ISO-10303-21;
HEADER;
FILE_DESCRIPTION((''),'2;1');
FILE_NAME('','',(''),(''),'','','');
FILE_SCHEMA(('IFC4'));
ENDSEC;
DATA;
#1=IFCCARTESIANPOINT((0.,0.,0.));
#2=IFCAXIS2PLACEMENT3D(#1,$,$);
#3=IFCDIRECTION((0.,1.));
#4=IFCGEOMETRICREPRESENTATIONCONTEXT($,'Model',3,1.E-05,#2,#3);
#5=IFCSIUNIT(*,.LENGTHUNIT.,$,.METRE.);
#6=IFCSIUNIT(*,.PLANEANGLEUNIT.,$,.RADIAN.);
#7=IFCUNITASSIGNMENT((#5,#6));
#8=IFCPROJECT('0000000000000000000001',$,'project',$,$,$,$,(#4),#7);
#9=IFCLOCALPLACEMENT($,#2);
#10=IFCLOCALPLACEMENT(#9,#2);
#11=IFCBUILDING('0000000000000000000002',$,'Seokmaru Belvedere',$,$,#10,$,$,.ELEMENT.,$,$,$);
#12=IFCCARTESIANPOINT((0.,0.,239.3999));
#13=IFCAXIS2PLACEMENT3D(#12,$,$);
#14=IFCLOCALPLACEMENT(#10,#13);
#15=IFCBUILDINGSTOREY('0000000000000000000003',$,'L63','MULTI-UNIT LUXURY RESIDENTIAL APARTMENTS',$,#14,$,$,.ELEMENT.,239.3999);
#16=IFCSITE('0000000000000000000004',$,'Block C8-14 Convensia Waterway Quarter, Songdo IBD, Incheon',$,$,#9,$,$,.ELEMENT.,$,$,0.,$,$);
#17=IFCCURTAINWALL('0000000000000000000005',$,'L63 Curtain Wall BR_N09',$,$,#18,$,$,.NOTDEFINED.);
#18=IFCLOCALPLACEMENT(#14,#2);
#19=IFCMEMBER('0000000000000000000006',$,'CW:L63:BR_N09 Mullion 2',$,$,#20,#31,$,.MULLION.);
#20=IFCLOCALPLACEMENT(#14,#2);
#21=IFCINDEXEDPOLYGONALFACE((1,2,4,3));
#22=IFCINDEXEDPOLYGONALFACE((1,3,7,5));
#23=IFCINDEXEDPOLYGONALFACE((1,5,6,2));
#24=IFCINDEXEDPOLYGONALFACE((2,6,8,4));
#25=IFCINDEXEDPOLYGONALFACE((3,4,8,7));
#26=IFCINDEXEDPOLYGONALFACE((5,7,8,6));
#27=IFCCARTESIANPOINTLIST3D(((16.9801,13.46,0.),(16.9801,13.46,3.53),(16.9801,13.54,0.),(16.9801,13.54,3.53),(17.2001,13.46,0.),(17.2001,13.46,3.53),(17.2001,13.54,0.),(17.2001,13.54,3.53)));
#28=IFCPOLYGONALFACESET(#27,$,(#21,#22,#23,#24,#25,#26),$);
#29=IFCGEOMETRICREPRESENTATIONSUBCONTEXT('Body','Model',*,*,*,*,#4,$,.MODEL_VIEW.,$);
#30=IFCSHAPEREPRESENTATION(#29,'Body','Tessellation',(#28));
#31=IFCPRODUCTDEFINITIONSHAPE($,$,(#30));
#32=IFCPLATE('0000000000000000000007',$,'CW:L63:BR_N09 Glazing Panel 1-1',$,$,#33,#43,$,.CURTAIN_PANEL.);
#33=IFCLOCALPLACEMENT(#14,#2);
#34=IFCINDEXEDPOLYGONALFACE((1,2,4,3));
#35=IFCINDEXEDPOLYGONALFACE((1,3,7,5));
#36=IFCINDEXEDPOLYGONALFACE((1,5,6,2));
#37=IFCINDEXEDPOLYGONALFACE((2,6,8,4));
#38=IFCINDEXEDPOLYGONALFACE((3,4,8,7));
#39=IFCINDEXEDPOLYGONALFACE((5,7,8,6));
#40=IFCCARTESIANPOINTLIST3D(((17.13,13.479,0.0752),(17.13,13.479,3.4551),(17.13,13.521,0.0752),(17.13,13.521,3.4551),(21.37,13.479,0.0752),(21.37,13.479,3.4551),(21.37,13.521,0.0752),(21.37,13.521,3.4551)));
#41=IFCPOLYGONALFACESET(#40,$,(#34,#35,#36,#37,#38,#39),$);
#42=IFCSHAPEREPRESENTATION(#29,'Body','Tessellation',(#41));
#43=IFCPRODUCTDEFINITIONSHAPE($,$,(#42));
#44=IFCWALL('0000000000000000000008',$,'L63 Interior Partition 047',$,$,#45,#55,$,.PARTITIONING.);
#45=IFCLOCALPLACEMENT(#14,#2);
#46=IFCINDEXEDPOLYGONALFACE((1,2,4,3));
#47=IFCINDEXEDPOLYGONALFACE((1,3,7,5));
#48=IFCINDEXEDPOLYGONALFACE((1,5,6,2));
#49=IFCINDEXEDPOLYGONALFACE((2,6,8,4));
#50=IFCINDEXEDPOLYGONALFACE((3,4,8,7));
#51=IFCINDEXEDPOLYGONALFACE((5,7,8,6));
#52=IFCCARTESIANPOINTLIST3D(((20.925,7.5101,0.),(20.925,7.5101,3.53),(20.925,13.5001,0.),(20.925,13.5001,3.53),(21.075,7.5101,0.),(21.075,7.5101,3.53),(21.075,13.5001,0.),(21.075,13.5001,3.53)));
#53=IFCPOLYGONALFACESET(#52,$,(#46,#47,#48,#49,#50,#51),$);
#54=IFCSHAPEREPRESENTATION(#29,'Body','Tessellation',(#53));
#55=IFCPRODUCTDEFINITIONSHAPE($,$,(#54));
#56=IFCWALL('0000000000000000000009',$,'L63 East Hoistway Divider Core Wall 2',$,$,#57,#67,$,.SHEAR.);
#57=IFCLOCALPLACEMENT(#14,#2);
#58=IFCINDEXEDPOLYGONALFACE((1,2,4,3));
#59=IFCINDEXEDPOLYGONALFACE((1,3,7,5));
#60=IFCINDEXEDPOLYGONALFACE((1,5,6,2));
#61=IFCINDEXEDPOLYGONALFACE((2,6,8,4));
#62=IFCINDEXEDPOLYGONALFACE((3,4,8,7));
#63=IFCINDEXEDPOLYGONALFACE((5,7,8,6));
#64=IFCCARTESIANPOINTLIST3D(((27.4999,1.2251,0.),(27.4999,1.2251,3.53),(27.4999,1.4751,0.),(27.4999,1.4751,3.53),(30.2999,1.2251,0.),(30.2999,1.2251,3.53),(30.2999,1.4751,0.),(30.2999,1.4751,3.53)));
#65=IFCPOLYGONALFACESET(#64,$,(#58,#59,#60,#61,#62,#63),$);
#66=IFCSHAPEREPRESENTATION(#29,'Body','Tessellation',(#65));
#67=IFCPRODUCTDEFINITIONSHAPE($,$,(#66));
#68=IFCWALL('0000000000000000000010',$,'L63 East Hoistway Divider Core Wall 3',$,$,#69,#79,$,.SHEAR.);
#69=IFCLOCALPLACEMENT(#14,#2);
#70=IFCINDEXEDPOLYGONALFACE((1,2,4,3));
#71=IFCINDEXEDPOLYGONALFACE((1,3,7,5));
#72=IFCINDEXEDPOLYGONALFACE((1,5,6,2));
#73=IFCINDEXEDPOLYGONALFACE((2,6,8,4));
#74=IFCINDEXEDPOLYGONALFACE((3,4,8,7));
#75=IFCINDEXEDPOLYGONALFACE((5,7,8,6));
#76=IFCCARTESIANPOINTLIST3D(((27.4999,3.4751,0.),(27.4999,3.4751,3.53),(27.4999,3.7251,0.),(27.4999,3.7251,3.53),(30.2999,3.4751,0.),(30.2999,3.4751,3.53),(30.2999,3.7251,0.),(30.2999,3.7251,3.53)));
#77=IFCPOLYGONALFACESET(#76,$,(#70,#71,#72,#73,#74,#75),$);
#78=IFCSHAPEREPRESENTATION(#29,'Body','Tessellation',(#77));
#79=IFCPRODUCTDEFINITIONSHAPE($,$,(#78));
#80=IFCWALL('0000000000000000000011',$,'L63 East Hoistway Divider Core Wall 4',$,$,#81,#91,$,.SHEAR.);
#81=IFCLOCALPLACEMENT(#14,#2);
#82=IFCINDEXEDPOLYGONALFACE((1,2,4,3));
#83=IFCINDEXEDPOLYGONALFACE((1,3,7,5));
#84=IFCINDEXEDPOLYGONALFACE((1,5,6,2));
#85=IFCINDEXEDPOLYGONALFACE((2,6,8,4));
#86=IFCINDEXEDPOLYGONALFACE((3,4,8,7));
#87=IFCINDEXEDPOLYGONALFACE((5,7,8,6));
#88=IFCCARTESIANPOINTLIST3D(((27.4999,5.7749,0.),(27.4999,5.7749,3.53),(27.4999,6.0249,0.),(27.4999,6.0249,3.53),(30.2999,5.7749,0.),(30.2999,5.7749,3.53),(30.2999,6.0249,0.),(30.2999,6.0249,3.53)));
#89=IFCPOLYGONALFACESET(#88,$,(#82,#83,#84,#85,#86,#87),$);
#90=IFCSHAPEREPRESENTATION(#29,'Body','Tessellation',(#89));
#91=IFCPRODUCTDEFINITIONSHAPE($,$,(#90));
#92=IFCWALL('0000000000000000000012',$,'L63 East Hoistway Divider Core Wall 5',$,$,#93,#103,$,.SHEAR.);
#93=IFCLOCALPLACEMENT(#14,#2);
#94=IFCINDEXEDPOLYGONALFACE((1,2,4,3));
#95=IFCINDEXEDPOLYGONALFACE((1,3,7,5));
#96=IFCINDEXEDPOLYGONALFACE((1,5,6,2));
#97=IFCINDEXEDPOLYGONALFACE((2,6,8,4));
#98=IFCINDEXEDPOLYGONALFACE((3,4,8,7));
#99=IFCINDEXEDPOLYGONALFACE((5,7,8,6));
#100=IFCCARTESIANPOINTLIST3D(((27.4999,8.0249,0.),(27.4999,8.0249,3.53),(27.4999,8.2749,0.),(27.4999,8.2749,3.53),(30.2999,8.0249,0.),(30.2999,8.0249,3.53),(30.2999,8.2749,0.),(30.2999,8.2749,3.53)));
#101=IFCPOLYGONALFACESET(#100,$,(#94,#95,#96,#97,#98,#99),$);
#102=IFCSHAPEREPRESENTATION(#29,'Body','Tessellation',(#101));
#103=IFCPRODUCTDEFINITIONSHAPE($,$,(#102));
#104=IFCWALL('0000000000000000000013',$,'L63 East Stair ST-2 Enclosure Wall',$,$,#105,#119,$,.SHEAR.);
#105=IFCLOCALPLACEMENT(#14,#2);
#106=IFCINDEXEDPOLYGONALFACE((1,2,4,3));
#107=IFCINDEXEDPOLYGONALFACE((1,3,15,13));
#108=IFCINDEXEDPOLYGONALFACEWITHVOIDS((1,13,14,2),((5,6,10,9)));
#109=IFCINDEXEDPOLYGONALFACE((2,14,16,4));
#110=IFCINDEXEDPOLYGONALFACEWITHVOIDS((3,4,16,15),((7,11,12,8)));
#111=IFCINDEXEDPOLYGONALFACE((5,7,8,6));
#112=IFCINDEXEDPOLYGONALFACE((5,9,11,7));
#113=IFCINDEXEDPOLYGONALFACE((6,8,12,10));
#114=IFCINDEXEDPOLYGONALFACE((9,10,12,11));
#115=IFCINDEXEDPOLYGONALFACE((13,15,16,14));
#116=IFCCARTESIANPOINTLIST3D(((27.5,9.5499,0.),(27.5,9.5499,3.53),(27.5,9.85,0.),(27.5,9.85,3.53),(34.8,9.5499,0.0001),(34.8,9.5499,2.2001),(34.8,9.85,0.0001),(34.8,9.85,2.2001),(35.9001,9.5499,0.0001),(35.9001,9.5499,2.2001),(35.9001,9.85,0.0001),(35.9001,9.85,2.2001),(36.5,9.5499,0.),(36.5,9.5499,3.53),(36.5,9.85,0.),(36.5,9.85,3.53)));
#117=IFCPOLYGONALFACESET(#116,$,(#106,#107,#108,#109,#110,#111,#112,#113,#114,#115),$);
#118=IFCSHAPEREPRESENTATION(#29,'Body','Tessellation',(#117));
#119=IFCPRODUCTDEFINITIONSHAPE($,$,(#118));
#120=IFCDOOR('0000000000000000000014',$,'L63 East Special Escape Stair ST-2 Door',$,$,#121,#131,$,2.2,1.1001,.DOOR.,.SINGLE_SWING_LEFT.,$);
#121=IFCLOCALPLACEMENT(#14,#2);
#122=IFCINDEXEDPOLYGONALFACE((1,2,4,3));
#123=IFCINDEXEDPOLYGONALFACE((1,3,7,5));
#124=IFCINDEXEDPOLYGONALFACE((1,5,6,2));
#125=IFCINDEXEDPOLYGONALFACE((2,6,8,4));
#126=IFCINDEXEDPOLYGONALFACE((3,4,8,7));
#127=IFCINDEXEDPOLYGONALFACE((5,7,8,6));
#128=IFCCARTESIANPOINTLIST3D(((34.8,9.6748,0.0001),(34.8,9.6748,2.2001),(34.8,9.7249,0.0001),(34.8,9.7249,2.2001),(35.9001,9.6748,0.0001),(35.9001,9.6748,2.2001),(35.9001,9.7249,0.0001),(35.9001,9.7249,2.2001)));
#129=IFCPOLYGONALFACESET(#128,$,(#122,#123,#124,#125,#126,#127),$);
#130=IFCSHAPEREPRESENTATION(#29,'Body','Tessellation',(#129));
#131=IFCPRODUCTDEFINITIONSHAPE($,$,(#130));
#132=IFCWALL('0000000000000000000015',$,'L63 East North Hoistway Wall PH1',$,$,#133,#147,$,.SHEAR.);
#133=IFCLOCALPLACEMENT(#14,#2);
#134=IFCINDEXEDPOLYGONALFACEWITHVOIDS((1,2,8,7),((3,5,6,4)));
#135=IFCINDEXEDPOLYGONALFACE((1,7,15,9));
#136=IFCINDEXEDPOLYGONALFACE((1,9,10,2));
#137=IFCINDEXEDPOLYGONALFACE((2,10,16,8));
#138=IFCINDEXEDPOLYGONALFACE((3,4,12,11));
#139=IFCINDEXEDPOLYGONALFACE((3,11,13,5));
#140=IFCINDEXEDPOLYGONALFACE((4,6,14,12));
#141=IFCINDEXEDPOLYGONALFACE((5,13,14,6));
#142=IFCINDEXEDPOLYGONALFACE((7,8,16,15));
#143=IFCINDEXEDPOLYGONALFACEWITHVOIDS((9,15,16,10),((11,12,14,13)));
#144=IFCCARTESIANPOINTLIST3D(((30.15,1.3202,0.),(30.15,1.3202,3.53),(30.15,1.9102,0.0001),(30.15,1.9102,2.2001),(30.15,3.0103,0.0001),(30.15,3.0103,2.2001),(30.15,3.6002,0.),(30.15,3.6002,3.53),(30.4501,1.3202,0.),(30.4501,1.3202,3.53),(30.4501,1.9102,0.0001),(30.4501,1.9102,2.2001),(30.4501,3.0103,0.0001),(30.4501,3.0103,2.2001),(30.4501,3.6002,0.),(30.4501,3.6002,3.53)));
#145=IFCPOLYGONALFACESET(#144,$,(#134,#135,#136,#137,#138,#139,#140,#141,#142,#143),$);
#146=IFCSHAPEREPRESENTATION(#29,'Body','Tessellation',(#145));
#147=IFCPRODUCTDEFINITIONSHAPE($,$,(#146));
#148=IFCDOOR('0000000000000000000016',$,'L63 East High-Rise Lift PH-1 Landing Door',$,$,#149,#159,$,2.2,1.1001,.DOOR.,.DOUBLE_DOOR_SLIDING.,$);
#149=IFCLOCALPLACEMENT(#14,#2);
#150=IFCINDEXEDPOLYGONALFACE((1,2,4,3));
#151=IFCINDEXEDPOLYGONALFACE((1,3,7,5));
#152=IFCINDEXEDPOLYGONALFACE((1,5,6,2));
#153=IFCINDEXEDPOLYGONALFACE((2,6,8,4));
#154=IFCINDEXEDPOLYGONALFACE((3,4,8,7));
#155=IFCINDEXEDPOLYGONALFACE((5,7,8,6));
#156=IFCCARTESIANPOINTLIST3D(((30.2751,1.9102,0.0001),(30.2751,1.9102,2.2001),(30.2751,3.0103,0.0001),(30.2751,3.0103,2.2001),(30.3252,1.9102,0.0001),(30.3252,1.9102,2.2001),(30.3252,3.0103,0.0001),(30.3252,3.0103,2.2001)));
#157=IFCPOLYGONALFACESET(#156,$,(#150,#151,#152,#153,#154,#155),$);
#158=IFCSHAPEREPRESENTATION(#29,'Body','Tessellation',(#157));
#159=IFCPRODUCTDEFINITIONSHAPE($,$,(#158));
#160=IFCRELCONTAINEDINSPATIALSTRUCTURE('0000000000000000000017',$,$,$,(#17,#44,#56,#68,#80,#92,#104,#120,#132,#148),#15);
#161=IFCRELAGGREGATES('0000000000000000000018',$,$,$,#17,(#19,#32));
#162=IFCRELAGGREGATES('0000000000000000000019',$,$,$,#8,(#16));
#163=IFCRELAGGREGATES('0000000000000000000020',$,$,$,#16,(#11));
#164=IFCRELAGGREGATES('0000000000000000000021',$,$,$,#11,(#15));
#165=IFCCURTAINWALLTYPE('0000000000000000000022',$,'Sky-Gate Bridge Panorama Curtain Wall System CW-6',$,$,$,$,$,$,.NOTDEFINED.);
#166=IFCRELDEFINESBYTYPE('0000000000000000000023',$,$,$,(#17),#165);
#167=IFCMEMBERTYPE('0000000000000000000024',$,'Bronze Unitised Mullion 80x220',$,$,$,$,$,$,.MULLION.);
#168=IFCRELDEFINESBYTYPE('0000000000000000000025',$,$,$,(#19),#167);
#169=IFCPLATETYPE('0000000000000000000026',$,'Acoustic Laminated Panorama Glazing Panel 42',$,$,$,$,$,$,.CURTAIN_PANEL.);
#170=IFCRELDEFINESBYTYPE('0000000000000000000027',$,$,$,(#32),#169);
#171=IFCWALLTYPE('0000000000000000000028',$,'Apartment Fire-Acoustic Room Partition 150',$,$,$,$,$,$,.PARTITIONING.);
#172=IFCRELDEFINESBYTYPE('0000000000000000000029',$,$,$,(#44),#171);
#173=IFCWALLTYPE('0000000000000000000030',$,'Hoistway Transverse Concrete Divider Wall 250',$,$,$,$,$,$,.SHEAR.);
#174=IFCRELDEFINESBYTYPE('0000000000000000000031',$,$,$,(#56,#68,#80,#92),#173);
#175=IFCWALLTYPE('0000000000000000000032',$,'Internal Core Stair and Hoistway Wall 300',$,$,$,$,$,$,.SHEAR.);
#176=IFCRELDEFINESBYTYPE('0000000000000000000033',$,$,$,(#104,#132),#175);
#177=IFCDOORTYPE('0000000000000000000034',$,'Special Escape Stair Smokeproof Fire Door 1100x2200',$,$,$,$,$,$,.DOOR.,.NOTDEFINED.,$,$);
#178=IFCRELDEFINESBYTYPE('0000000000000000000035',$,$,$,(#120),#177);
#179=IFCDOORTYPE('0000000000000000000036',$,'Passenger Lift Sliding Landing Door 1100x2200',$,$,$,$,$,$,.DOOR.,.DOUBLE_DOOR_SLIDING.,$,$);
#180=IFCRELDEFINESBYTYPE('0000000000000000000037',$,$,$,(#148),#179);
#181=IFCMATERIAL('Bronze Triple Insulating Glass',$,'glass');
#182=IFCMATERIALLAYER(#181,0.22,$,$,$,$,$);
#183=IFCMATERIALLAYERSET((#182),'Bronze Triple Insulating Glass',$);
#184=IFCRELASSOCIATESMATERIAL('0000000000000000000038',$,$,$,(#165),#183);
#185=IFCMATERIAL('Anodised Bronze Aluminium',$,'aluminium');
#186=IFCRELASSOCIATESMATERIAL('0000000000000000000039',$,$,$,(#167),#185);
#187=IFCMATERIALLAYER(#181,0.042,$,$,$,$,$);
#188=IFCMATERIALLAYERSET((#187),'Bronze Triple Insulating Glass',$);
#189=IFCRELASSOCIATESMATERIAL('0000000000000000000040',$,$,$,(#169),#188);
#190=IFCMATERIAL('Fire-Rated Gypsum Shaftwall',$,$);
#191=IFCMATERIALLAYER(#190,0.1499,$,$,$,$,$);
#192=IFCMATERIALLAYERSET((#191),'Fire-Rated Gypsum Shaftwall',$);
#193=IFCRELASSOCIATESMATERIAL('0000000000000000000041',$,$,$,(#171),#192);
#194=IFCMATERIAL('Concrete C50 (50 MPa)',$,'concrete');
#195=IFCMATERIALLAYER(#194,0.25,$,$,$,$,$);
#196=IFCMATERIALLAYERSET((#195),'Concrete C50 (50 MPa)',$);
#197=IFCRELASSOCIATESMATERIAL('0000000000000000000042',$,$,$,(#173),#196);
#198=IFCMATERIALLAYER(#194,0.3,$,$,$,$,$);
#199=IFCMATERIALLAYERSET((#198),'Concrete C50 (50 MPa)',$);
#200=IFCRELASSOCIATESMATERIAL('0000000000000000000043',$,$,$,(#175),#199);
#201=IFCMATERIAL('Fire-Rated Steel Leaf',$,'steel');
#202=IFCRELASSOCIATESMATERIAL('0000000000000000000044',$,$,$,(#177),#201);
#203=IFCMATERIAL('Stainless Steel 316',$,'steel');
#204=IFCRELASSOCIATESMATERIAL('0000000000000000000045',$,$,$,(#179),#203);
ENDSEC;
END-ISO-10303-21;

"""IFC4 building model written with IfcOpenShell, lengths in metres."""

from ifc_helpers import new_model, si_unit, direction, frame, frame_2d, origin, origin_2d, place, context, subcontext, project, spatial, rectangle, extrude, source, transform, mapped, material, layer, layer_set, material_profile, profile_set, type_object, type_shapes, element, fill, aggregate, save


model = new_model("IFC4")

# Units and contexts
model_context = context("Model", 3, precision=1e-05, world=origin(), true_north=direction((0.0, 1.0)))
body_context = subcontext(model_context, "Body", "Model", "MODEL_VIEW")
ifc_project = project(units=[si_unit("LENGTHUNIT", "METRE"), si_unit("PLANEANGLEUNIT", "RADIAN")], contexts=[model_context])

# Site, building, storey
site_placement = place(None, origin())
site = spatial("IfcSite", under=ifc_project, at=site_placement, Name="Block C8-14 Convensia Waterway Quarter, Songdo IBD, Incheon", CompositionType="ELEMENT", RefElevation=0.0)
building_placement = place(site_placement, origin())
building = spatial("IfcBuilding", under=site, at=building_placement, Name="Seokmaru Belvedere", CompositionType="ELEMENT")
storey_placement = place(building_placement, frame((0.0, 0.0, 239.3999)))
storey = spatial("IfcBuildingStorey", under=building, at=storey_placement, Name="L63", Description="MULTI-UNIT LUXURY RESIDENTIAL APARTMENTS", CompositionType="ELEMENT", Elevation=239.3999)

# Curtain wall, member, plate
ifc_material_1 = material(Name="Bronze Triple Insulating Glass", Category="glass")
ifc_layer_1 = layer(ifc_material_1, 0.22)
ifc_layer_set_1 = layer_set([ifc_layer_1], Name="Bronze Triple Insulating Glass")
curtain_wall_type = type_object("IfcCurtainWallType", Name="Sky-Gate Bridge Panorama Curtain Wall System CW-6", PredefinedType="NOTDEFINED", material=ifc_layer_set_1)
curtain_wall_placement = place(storey_placement, origin())
curtain_wall = element("IfcCurtainWall", 1, at=curtain_wall_placement, inside=storey, type_object=curtain_wall_type, Name="L63 Curtain Wall BR_N09", PredefinedType="NOTDEFINED")
ifc_material_2 = material(Name="Anodised Bronze Aluminium", Category="aluminium")
ifc_material_profile_1 = material_profile(ifc_material_2, rectangle(XDim=0.0801, YDim=0.22, at=origin_2d()), Name="CW-M-80x220")
ifc_profile_set_1 = profile_set([ifc_material_profile_1], Name="Anodised Bronze Aluminium")
member_type_1 = type_object("IfcMemberType", Name="Bronze Unitised Mullion 80x220", PredefinedType="MULLION", material=ifc_profile_set_1)
shared_shape_1 = source(origin(), body_context, "Body", "SweptSolid", [
    extrude(rectangle(XDim=0.0801, YDim=0.22, at=origin_2d()), origin(), (0.0, 0.0, 1.0), 3.53),
])
type_shapes(member_type_1, [shared_shape_1])
member_1_placement = place(storey_placement, frame((17.0901, 13.5, 0.0), z_axis=(0.0, 0.0, 1.0), x_axis=(0.0, -1.0, 0.0)))
member_1 = element("IfcMember", 2, at=member_1_placement, type_object=member_type_1, Name="CW:L63:BR_N09 Mullion 2", PredefinedType="MULLION", context=body_context, shape_type="MappedRepresentation", body=[
    mapped(shared_shape_1, transform((0.0, 0.0, 0.0), scale=1.0)),
])
ifc_layer_2 = layer(ifc_material_1, 0.042)
ifc_layer_set_2 = layer_set([ifc_layer_2], Name="Bronze Triple Insulating Glass")
plate_type = type_object("IfcPlateType", Name="Acoustic Laminated Panorama Glazing Panel 42", PredefinedType="CURTAIN_PANEL", material=ifc_layer_set_2)
shared_shape_2 = source(origin(), body_context, "Body", "SweptSolid", [
    extrude(rectangle(XDim=4.24, YDim=0.042, at=origin_2d()), origin(), (0.0, 0.0, 1.0), 3.3799),
])
type_shapes(plate_type, [shared_shape_2])
plate_placement = place(storey_placement, frame((19.25, 13.5, 0.0752), z_axis=(0.0, 0.0, 1.0), x_axis=(-1.0, 0.0, 0.0)))
plate = element("IfcPlate", 3, at=plate_placement, type_object=plate_type, Name="CW:L63:BR_N09 Glazing Panel 1-1", PredefinedType="CURTAIN_PANEL", context=body_context, shape_type="MappedRepresentation", body=[
    mapped(shared_shape_2, transform((0.0, 0.0, 0.0), scale=1.0)),
])
aggregate(curtain_wall, [member_1, plate])

# Walls
ifc_material_3 = material(Name="Fire-Rated Gypsum Shaftwall")
ifc_layer_3 = layer(ifc_material_3, 0.1499)
ifc_layer_set_3 = layer_set([ifc_layer_3], Name="Fire-Rated Gypsum Shaftwall")
wall_type_1 = type_object("IfcWallType", Name="Apartment Fire-Acoustic Room Partition 150", PredefinedType="PARTITIONING", material=ifc_layer_set_3)
wall_1_placement = place(storey_placement, frame((21.0, 7.51, 0.0), z_axis=(0.0, 0.0, 1.0), x_axis=(0.0, 1.0, 0.0)))
element("IfcWall", 4, at=wall_1_placement, inside=storey, type_object=wall_type_1, Name="L63 Interior Partition 047", PredefinedType="PARTITIONING", context=body_context, shape_type="SweptSolid", body=[
    extrude(rectangle(XDim=5.99, YDim=0.1499, at=frame_2d((2.9951, 0.0))), origin(), (0.0, 0.0, 1.0), 3.53),
])
ifc_material_4 = material(Name="Concrete C50 (50 MPa)", Category="concrete")
ifc_layer_4 = layer(ifc_material_4, 0.25)
ifc_layer_set_4 = layer_set([ifc_layer_4], Name="Concrete C50 (50 MPa)")
wall_type_2 = type_object("IfcWallType", Name="Hoistway Transverse Concrete Divider Wall 250", PredefinedType="SHEAR", material=ifc_layer_set_4)
for number, where, z_axis, x_axis, name in (
    (5, (27.5, 1.3501, 0.0), (0.0, 0.0, 1.0), (1.0, 0.0, 0.0), "L63 East Hoistway Divider Core Wall 2"),
    (6, (27.5, 3.6001, 0.0), (0.0, 0.0, 1.0), (1.0, 0.0, 0.0), "L63 East Hoistway Divider Core Wall 3"),
    (7, (27.5, 5.8999, 0.0), (0.0, 0.0, 1.0), (1.0, 0.0, 0.0), "L63 East Hoistway Divider Core Wall 4"),
    (8, (27.5, 8.1499, 0.0), (0.0, 0.0, 1.0), (1.0, 0.0, 0.0), "L63 East Hoistway Divider Core Wall 5"),
):
    element("IfcWall", number, at=place(storey_placement, frame(where, z_axis=z_axis, x_axis=x_axis)), inside=storey, type_object=wall_type_2, Name=name, PredefinedType="SHEAR", context=body_context, shape_type="SweptSolid", body=[
        extrude(rectangle(XDim=2.8, YDim=0.25, at=frame_2d((1.3999, 0.0))), origin(), (0.0, 0.0, 1.0), 3.53),
    ])

# Walls, openings, doors
ifc_layer_5 = layer(ifc_material_4, 0.3)
ifc_layer_set_5 = layer_set([ifc_layer_5], Name="Concrete C50 (50 MPa)")
wall_type_3 = type_object("IfcWallType", Name="Internal Core Stair and Hoistway Wall 300", PredefinedType="SHEAR", material=ifc_layer_set_5)
wall_2_placement = place(storey_placement, frame((27.5, 9.7, 0.0), z_axis=(0.0, 0.0, 1.0), x_axis=(1.0, 0.0, 0.0)))
wall_2 = element("IfcWall", 9, at=wall_2_placement, inside=storey, type_object=wall_type_3, Name="L63 East Stair ST-2 Enclosure Wall", PredefinedType="SHEAR", context=body_context, shape_type="SweptSolid", body=[
    extrude(rectangle(XDim=9.0, YDim=0.3, at=frame_2d((4.5, 0.0))), origin(), (0.0, 0.0, 1.0), 3.53),
])
opening_1_placement = place(wall_2_placement, frame((7.3, 0.0, 0.0)))
opening_1 = element("IfcOpeningElement", 10, at=opening_1_placement, cuts=wall_2, PredefinedType="OPENING", context=body_context, shape_type="SweptSolid", body=[
    extrude(rectangle(XDim=1.1001, YDim=2.2, at=frame_2d((0.55, 1.1001))), frame((0.0, 0.1602, 0.0), z_axis=(0.0, -1.0, 0.0), x_axis=(1.0, 0.0, 0.0)), (0.0, 0.0, 1.0), 0.3201),
])
ifc_material_5 = material(Name="Fire-Rated Steel Leaf", Category="steel")
door_type_1 = type_object("IfcDoorType", Name="Special Escape Stair Smokeproof Fire Door 1100x2200", OperationType="NOTDEFINED", PredefinedType="DOOR", material=ifc_material_5)
shared_shape_3 = source(origin(), body_context, "Body", "SweptSolid", [
    extrude(rectangle(XDim=1.1001, YDim=2.2, at=frame_2d((0.55, 1.1001))), frame((0.0, 0.0249, 0.0), z_axis=(0.0, -1.0, 0.0), x_axis=(1.0, 0.0, 0.0)), (0.0, 0.0, 1.0), 0.05),
])
type_shapes(door_type_1, [shared_shape_3])
door_1_placement = place(opening_1_placement, origin())
door_1 = element("IfcDoor", 11, at=door_1_placement, inside=storey, type_object=door_type_1, Name="L63 East Special Escape Stair ST-2 Door", OperationType="SINGLE_SWING_LEFT", OverallHeight=2.2, OverallWidth=1.1001, PredefinedType="DOOR", context=body_context, shape_type="MappedRepresentation", body=[
    mapped(shared_shape_3, transform((0.0, 0.0, 0.0), scale=1.0)),
])
fill(opening_1, door_1)
wall_3_placement = place(storey_placement, frame((30.3, 1.3201, 0.0), z_axis=(0.0, 0.0, 1.0), x_axis=(0.0, 1.0, 0.0)))
wall_3 = element("IfcWall", 12, at=wall_3_placement, inside=storey, type_object=wall_type_3, Name="L63 East North Hoistway Wall PH1", PredefinedType="SHEAR", context=body_context, shape_type="SweptSolid", body=[
    extrude(rectangle(XDim=2.28, YDim=0.3, at=frame_2d((1.1401, 0.0))), origin(), (0.0, 0.0, 1.0), 3.53),
])
opening_2_placement = place(wall_3_placement, frame((0.5901, 0.0, 0.0)))
opening_2 = element("IfcOpeningElement", 13, at=opening_2_placement, cuts=wall_3, PredefinedType="OPENING", context=body_context, shape_type="SweptSolid", body=[
    extrude(rectangle(XDim=1.1001, YDim=2.2, at=frame_2d((0.55, 1.1001))), frame((0.0, 0.1602, 0.0), z_axis=(0.0, -1.0, 0.0), x_axis=(1.0, 0.0, 0.0)), (0.0, 0.0, 1.0), 0.3201),
])
ifc_material_6 = material(Name="Stainless Steel 316", Category="steel")
door_type_2 = type_object("IfcDoorType", Name="Passenger Lift Sliding Landing Door 1100x2200", OperationType="DOUBLE_DOOR_SLIDING", PredefinedType="DOOR", material=ifc_material_6)
shared_shape_4 = source(origin(), body_context, "Body", "SweptSolid", [
    extrude(rectangle(XDim=1.1001, YDim=2.2, at=frame_2d((0.55, 1.1001))), frame((0.0, 0.0249, 0.0), z_axis=(0.0, -1.0, 0.0), x_axis=(1.0, 0.0, 0.0)), (0.0, 0.0, 1.0), 0.05),
])
type_shapes(door_type_2, [shared_shape_4])
door_2_placement = place(opening_2_placement, origin())
door_2 = element("IfcDoor", 14, at=door_2_placement, inside=storey, type_object=door_type_2, Name="L63 East High-Rise Lift PH-1 Landing Door", OperationType="DOUBLE_DOOR_SLIDING", OverallHeight=2.2, OverallWidth=1.1001, PredefinedType="DOOR", context=body_context, shape_type="MappedRepresentation", body=[
    mapped(shared_shape_4, transform((0.0, 0.0, 0.0), scale=1.0)),
])
fill(opening_2, door_2)

save(model, "model.ifc")
